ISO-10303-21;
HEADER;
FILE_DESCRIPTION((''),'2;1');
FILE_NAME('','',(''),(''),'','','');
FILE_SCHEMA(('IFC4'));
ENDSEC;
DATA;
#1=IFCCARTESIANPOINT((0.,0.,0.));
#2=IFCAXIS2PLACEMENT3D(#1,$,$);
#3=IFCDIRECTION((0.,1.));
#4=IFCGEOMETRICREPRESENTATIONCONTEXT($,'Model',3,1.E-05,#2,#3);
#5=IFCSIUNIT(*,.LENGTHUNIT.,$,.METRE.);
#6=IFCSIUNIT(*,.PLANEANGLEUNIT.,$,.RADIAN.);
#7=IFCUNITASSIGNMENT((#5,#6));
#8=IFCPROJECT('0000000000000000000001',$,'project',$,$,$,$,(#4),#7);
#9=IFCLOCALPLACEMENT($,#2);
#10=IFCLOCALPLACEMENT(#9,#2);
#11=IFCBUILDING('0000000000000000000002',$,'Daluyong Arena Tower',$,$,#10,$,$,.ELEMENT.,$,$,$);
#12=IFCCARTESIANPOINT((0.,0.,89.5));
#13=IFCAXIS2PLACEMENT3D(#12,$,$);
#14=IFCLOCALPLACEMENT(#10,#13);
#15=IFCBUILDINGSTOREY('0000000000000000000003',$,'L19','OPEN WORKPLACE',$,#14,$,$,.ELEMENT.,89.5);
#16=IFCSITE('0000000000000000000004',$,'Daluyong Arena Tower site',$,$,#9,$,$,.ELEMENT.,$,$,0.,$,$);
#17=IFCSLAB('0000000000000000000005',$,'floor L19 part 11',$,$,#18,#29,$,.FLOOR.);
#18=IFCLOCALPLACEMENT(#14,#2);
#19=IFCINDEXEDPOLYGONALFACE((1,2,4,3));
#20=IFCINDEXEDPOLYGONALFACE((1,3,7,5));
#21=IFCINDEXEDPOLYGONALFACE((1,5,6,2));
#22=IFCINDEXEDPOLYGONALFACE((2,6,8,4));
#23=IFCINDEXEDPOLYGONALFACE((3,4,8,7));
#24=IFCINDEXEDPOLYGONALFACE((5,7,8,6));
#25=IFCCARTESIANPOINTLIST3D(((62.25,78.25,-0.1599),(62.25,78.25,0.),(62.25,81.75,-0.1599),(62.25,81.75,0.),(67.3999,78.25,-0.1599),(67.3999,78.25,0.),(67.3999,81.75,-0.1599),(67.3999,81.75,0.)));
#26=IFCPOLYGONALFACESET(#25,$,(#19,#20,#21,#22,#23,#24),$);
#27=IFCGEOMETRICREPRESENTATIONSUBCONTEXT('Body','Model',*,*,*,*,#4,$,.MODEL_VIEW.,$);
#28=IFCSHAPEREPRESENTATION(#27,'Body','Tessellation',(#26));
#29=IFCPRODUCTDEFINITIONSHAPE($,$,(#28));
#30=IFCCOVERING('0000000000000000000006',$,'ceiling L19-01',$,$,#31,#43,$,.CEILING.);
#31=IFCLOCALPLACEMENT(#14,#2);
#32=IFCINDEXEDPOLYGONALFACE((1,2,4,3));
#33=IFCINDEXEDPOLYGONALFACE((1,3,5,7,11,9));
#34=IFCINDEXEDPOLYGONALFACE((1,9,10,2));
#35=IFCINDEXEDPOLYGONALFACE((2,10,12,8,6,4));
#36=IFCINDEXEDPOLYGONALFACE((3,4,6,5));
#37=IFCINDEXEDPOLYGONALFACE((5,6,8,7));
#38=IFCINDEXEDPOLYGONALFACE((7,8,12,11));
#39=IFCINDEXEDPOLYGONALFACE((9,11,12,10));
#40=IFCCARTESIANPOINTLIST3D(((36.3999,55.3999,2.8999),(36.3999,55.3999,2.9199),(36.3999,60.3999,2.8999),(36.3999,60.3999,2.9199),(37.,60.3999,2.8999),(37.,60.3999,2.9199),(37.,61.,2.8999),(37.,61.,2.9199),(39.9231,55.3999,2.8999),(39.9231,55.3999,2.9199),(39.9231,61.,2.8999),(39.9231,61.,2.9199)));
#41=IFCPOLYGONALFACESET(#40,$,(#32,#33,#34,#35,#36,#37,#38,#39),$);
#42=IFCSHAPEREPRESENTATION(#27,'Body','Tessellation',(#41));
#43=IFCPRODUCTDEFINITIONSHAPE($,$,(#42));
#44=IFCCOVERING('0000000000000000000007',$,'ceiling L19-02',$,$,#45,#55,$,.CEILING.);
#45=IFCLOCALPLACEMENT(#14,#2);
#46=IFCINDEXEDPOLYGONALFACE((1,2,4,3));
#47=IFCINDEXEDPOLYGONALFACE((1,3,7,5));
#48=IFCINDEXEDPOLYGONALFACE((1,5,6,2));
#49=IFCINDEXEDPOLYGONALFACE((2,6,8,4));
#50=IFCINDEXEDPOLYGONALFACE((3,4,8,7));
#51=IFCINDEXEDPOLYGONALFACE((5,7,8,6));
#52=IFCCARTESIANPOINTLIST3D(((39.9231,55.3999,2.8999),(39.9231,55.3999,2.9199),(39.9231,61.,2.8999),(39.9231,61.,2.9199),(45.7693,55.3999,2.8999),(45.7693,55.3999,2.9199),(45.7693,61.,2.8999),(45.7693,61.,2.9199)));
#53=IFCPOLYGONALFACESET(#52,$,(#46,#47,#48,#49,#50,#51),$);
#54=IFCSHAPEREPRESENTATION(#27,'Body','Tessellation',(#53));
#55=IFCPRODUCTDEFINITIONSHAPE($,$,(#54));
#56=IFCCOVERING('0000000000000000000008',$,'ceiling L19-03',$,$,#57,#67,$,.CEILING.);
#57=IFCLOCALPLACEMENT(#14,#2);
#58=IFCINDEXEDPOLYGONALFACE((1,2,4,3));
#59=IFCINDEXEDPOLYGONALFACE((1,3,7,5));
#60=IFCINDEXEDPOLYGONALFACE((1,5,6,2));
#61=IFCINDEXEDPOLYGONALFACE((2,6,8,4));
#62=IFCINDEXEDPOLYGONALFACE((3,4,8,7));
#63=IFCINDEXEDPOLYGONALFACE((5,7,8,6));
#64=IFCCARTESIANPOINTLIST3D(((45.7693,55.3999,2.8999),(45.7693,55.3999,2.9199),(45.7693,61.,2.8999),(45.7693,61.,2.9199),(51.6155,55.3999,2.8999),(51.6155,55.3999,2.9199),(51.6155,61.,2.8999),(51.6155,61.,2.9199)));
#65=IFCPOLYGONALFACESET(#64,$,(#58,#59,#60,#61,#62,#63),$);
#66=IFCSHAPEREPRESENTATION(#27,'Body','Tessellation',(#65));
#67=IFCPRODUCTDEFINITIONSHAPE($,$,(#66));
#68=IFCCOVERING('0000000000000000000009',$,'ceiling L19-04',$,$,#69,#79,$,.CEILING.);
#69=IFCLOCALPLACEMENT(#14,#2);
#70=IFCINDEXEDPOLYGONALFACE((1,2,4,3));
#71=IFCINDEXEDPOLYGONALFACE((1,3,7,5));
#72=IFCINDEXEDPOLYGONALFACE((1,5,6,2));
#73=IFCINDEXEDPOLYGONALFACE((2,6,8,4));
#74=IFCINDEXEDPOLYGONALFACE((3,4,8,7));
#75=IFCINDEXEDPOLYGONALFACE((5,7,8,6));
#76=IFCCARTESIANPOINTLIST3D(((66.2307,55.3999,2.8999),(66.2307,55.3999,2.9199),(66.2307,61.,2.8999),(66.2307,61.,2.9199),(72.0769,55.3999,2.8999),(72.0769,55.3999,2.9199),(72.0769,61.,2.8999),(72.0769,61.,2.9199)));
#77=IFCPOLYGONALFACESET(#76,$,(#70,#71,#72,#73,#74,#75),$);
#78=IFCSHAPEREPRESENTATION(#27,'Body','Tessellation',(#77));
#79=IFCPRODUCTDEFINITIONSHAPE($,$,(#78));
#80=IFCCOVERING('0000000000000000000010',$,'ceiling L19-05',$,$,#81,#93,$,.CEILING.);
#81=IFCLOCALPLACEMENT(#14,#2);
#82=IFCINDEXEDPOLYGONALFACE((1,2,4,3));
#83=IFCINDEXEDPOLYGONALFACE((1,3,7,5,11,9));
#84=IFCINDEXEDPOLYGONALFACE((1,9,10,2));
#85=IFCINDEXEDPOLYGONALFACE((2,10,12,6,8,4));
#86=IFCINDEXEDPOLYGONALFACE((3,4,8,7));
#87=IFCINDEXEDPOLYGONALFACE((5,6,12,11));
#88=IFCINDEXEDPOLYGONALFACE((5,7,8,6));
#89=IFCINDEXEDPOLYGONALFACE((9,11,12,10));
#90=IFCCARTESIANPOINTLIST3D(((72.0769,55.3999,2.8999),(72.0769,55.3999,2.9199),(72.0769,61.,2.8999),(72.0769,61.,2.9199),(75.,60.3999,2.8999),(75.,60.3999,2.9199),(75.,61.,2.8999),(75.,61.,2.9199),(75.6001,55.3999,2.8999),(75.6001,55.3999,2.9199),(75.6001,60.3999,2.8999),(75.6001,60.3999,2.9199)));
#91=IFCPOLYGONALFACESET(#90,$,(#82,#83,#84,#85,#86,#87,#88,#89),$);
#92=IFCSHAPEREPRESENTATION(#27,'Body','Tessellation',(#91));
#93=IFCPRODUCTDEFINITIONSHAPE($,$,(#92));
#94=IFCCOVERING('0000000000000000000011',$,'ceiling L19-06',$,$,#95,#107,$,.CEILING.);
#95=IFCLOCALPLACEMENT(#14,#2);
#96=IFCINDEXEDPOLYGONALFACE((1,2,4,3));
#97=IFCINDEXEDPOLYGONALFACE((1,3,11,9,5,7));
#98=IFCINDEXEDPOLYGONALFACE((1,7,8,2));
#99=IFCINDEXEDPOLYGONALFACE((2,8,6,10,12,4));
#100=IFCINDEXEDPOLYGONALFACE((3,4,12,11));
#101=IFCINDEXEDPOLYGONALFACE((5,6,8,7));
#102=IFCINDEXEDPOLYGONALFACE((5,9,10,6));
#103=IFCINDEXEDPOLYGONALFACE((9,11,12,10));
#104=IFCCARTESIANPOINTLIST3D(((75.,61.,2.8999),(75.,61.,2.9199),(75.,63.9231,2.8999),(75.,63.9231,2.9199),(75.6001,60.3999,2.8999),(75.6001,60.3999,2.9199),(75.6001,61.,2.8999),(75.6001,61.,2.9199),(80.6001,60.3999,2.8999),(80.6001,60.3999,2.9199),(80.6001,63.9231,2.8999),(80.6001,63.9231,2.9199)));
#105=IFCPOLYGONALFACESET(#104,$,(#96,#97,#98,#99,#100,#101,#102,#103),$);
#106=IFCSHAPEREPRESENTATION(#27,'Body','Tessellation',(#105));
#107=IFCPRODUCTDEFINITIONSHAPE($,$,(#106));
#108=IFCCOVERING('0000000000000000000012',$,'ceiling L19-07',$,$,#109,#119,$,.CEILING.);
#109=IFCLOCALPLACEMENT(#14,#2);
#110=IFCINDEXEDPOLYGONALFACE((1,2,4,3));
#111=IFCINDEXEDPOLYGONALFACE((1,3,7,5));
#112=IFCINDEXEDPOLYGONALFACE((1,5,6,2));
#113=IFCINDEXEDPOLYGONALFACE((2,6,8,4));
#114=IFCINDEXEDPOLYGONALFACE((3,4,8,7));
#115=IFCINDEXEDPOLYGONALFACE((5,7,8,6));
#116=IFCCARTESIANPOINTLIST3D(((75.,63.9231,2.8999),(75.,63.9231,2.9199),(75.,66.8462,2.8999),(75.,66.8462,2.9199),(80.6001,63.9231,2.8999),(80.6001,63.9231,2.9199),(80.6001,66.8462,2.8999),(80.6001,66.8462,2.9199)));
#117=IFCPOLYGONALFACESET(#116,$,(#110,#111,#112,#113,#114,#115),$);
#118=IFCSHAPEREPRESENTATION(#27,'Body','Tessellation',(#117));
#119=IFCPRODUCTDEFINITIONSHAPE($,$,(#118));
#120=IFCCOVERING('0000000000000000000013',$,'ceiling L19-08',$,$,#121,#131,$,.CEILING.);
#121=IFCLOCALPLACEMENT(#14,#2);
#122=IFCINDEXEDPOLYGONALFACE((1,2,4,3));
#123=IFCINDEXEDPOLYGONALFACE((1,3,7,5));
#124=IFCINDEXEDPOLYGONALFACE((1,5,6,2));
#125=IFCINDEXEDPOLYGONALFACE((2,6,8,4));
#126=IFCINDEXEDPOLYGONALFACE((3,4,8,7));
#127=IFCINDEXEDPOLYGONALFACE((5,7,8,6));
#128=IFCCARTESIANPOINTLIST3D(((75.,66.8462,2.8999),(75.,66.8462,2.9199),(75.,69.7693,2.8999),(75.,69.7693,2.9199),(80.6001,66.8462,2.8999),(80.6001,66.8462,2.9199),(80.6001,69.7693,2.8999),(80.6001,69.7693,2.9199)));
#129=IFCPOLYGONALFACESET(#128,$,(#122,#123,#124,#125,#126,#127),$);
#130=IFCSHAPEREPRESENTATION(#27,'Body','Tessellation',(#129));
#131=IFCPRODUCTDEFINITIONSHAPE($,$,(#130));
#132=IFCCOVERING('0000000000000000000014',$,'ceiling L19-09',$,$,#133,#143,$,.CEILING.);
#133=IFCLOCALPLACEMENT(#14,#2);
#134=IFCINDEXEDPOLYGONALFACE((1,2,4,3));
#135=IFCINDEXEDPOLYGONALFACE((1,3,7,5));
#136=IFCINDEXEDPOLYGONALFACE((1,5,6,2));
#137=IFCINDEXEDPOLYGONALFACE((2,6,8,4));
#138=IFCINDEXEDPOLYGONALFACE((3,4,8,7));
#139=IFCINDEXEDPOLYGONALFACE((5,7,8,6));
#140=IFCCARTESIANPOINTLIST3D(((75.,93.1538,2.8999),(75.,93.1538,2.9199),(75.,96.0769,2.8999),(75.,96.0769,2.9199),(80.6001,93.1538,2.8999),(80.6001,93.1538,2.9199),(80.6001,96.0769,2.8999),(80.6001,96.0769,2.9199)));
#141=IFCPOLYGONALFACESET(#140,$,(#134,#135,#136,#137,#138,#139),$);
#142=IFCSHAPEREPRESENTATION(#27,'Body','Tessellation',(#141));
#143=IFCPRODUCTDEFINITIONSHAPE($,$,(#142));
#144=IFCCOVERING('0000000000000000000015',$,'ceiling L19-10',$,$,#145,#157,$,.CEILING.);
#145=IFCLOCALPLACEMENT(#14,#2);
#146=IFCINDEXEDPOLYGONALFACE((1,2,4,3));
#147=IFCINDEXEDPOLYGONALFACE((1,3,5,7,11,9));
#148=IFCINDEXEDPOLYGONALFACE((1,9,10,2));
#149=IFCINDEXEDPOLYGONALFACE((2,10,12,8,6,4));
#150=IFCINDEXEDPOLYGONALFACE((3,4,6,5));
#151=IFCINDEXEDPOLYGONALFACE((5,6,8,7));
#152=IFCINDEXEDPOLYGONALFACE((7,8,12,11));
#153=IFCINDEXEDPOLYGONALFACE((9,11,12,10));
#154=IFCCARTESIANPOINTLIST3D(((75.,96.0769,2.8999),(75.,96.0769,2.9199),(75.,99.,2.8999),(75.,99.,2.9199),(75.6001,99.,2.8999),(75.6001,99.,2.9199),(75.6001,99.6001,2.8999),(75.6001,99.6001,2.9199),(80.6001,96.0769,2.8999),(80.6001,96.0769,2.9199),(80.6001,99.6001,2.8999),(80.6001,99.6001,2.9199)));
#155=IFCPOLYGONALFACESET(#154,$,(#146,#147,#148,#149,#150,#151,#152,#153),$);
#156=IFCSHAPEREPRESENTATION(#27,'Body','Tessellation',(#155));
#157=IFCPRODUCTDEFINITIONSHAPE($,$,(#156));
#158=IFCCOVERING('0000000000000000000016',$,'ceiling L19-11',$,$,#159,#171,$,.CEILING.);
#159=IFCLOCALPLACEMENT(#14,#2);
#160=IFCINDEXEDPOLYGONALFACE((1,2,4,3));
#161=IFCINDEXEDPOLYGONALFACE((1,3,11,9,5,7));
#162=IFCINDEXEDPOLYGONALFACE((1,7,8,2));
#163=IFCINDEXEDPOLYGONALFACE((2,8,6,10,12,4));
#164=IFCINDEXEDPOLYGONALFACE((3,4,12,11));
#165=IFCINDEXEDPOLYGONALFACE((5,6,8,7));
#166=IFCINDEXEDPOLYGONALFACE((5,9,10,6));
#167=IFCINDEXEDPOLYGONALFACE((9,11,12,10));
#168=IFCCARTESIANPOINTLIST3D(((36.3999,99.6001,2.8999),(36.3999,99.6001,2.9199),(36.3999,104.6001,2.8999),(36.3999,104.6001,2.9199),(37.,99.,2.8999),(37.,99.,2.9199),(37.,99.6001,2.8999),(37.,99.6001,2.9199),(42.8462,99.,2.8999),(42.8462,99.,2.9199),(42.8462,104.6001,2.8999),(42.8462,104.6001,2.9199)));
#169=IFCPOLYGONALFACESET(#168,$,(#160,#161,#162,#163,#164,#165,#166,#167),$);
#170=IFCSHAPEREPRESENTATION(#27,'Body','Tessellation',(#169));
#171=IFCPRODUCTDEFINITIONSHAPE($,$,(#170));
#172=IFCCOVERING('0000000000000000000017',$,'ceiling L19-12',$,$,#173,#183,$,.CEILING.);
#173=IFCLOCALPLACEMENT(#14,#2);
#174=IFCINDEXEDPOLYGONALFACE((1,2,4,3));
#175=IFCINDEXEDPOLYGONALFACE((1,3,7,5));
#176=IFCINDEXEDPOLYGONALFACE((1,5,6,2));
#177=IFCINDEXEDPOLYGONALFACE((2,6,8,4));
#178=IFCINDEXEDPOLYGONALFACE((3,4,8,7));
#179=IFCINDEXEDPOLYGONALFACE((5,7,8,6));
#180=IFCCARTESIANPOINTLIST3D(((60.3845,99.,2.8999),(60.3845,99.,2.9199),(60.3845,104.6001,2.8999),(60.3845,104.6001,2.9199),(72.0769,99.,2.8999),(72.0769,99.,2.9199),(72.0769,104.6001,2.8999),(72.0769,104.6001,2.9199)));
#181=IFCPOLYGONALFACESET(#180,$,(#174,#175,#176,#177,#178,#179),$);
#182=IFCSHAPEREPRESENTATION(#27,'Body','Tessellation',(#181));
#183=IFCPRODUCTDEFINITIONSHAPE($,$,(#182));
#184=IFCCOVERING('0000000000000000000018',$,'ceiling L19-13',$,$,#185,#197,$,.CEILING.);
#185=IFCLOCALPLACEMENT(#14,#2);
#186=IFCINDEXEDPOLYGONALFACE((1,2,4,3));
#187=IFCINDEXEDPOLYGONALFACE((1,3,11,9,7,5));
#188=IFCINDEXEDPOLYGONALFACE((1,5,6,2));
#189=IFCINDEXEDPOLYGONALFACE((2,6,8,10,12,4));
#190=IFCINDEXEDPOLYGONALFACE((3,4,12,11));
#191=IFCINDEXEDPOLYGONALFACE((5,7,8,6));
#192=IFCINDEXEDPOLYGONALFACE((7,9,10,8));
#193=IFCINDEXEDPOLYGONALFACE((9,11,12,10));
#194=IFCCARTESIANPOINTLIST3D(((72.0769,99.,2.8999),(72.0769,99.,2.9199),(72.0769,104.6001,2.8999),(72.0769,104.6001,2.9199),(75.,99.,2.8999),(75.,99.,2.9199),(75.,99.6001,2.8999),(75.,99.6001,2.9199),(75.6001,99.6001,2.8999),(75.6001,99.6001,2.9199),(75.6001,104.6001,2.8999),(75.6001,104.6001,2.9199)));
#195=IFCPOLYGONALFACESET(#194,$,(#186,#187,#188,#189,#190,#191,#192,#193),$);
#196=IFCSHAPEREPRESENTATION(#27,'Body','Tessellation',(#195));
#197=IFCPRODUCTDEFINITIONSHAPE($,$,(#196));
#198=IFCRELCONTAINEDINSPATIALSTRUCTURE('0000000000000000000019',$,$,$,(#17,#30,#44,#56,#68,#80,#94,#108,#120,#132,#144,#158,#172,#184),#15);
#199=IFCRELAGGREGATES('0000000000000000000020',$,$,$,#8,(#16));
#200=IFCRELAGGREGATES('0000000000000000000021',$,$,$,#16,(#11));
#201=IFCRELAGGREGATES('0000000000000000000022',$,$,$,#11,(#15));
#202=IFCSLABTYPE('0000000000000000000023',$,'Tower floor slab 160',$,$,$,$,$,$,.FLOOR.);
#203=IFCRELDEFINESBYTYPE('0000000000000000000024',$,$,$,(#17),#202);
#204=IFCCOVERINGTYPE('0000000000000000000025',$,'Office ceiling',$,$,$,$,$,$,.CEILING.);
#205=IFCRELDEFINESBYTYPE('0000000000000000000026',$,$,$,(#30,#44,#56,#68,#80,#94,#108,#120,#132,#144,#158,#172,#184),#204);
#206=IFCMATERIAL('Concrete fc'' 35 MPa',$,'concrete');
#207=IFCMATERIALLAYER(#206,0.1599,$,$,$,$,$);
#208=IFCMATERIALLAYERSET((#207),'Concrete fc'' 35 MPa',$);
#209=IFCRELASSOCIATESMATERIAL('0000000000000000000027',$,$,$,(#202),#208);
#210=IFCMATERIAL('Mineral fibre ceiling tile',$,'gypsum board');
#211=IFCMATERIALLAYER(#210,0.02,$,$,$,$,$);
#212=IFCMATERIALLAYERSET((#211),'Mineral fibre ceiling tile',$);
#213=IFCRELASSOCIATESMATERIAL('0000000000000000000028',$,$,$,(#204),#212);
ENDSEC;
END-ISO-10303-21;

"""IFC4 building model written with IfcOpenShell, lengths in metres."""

from ifc_helpers import new_model, si_unit, direction, frame, origin, place, context, subcontext, project, spatial, polyline, outline, extrude, material, layer, layer_set, type_object, element, save


model = new_model("IFC4")

# Units and contexts
model_context = context("Model", 3, precision=1e-05, world=origin(), true_north=direction((0.0, 1.0)))
body_context = subcontext(model_context, "Body", "Model", "MODEL_VIEW")
ifc_project = project(units=[si_unit("LENGTHUNIT", "METRE"), si_unit("PLANEANGLEUNIT", "RADIAN")], contexts=[model_context])

# Site, building, storey
site_placement = place(None, origin())
site = spatial("IfcSite", under=ifc_project, at=site_placement, Name="Daluyong Arena Tower site", CompositionType="ELEMENT", RefElevation=0.0)
building_placement = place(site_placement, origin())
building = spatial("IfcBuilding", under=site, at=building_placement, Name="Daluyong Arena Tower", CompositionType="ELEMENT")
storey_placement = place(building_placement, frame((0.0, 0.0, 89.5)))
storey = spatial("IfcBuildingStorey", under=building, at=storey_placement, Name="L19", Description="OPEN WORKPLACE", CompositionType="ELEMENT", Elevation=89.5)

# Slab
ifc_material_1 = material(Name="Concrete fc' 35 MPa", Category="concrete")
ifc_layer_1 = layer(ifc_material_1, 0.1599)
ifc_layer_set_1 = layer_set([ifc_layer_1], Name="Concrete fc' 35 MPa")
slab_type_1 = type_object("IfcSlabType", Name="Tower floor slab 160", PredefinedType="FLOOR", material=ifc_layer_set_1)
slab_1_placement = place(storey_placement, frame((0.0, 0.0, -0.1599)))
element("IfcSlab", 1, at=slab_1_placement, inside=storey, type_object=slab_type_1, Name="floor L19 part 11", PredefinedType="FLOOR", context=body_context, shape_type="SweptSolid", body=[
    extrude(outline(polyline([(67.3999, 78.25), (67.3999, 81.75), (62.25, 81.75), (62.25, 78.25), (67.3999, 78.25)])), origin(), (0.0, 0.0, 1.0), 0.1599),
])

# Coverings
ifc_material_2 = material(Name="Mineral fibre ceiling tile", Category="gypsum board")
ifc_layer_2 = layer(ifc_material_2, 0.02)
ifc_layer_set_2 = layer_set([ifc_layer_2], Name="Mineral fibre ceiling tile")
covering_type = type_object("IfcCoveringType", Name="Office ceiling", PredefinedType="CEILING", material=ifc_layer_set_2)
covering_1_placement = place(storey_placement, frame((0.0, 0.0, 2.8999)))
element("IfcCovering", 2, at=covering_1_placement, inside=storey, type_object=covering_type, Name="ceiling L19-01", PredefinedType="CEILING", context=body_context, shape_type="SweptSolid", body=[
    extrude(outline(polyline([(36.3999, 60.3999), (36.3999, 55.3999), (39.9231, 55.3999), (39.9231, 61.0), (37.0, 61.0), (37.0, 60.3999), (36.3999, 60.3999)])), origin(), (0.0, 0.0, 1.0), 0.02),
])
covering_2_placement = place(storey_placement, frame((0.0, 0.0, 2.8999)))
element("IfcCovering", 3, at=covering_2_placement, inside=storey, type_object=covering_type, Name="ceiling L19-02", PredefinedType="CEILING", context=body_context, shape_type="SweptSolid", body=[
    extrude(outline(polyline([(39.9231, 61.0), (39.9231, 55.3999), (45.7693, 55.3999), (45.7693, 61.0), (39.9231, 61.0)])), origin(), (0.0, 0.0, 1.0), 0.02),
])
covering_3_placement = place(storey_placement, frame((0.0, 0.0, 2.8999)))
element("IfcCovering", 4, at=covering_3_placement, inside=storey, type_object=covering_type, Name="ceiling L19-03", PredefinedType="CEILING", context=body_context, shape_type="SweptSolid", body=[
    extrude(outline(polyline([(45.7693, 61.0), (45.7693, 55.3999), (51.6155, 55.3999), (51.6155, 61.0), (45.7693, 61.0)])), origin(), (0.0, 0.0, 1.0), 0.02),
])
covering_4_placement = place(storey_placement, frame((0.0, 0.0, 2.8999)))
element("IfcCovering", 5, at=covering_4_placement, inside=storey, type_object=covering_type, Name="ceiling L19-04", PredefinedType="CEILING", context=body_context, shape_type="SweptSolid", body=[
    extrude(outline(polyline([(66.2307, 61.0), (66.2307, 55.3999), (72.0769, 55.3999), (72.0769, 61.0), (66.2307, 61.0)])), origin(), (0.0, 0.0, 1.0), 0.02),
])
covering_5_placement = place(storey_placement, frame((0.0, 0.0, 2.8999)))
element("IfcCovering", 6, at=covering_5_placement, inside=storey, type_object=covering_type, Name="ceiling L19-05", PredefinedType="CEILING", context=body_context, shape_type="SweptSolid", body=[
    extrude(outline(polyline([(75.6001, 55.3999), (75.6001, 60.3999), (75.0, 60.3999), (75.0, 61.0), (72.0769, 61.0), (72.0769, 55.3999), (75.6001, 55.3999)])), origin(), (0.0, 0.0, 1.0), 0.02),
])
covering_6_placement = place(storey_placement, frame((0.0, 0.0, 2.8999)))
element("IfcCovering", 7, at=covering_6_placement, inside=storey, type_object=covering_type, Name="ceiling L19-06", PredefinedType="CEILING", context=body_context, shape_type="SweptSolid", body=[
    extrude(outline(polyline([(75.6001, 60.3999), (80.6001, 60.3999), (80.6001, 63.9231), (75.0, 63.9231), (75.0, 61.0), (75.6001, 61.0), (75.6001, 60.3999)])), origin(), (0.0, 0.0, 1.0), 0.02),
])
covering_7_placement = place(storey_placement, frame((0.0, 0.0, 2.8999)))
element("IfcCovering", 8, at=covering_7_placement, inside=storey, type_object=covering_type, Name="ceiling L19-07", PredefinedType="CEILING", context=body_context, shape_type="SweptSolid", body=[
    extrude(outline(polyline([(75.0, 63.9231), (80.6001, 63.9231), (80.6001, 66.8462), (75.0, 66.8462), (75.0, 63.9231)])), origin(), (0.0, 0.0, 1.0), 0.02),
])
covering_8_placement = place(storey_placement, frame((0.0, 0.0, 2.8999)))
element("IfcCovering", 9, at=covering_8_placement, inside=storey, type_object=covering_type, Name="ceiling L19-08", PredefinedType="CEILING", context=body_context, shape_type="SweptSolid", body=[
    extrude(outline(polyline([(75.0, 66.8462), (80.6001, 66.8462), (80.6001, 69.7693), (75.0, 69.7693), (75.0, 66.8462)])), origin(), (0.0, 0.0, 1.0), 0.02),
])
covering_9_placement = place(storey_placement, frame((0.0, 0.0, 2.8999)))
element("IfcCovering", 10, at=covering_9_placement, inside=storey, type_object=covering_type, Name="ceiling L19-09", PredefinedType="CEILING", context=body_context, shape_type="SweptSolid", body=[
    extrude(outline(polyline([(75.0, 93.1538), (80.6001, 93.1538), (80.6001, 96.0769), (75.0, 96.0769), (75.0, 93.1538)])), origin(), (0.0, 0.0, 1.0), 0.02),
])
covering_10_placement = place(storey_placement, frame((0.0, 0.0, 2.8999)))
element("IfcCovering", 11, at=covering_10_placement, inside=storey, type_object=covering_type, Name="ceiling L19-10", PredefinedType="CEILING", context=body_context, shape_type="SweptSolid", body=[
    extrude(outline(polyline([(75.0, 96.0769), (80.6001, 96.0769), (80.6001, 99.6001), (75.6001, 99.6001), (75.6001, 99.0), (75.0, 99.0), (75.0, 96.0769)])), origin(), (0.0, 0.0, 1.0), 0.02),
])
covering_11_placement = place(storey_placement, frame((0.0, 0.0, 2.8999)))
element("IfcCovering", 12, at=covering_11_placement, inside=storey, type_object=covering_type, Name="ceiling L19-11", PredefinedType="CEILING", context=body_context, shape_type="SweptSolid", body=[
    extrude(outline(polyline([(42.8462, 99.0), (42.8462, 104.6001), (36.3999, 104.6001), (36.3999, 99.6001), (37.0, 99.6001), (37.0, 99.0), (42.8462, 99.0)])), origin(), (0.0, 0.0, 1.0), 0.02),
])
covering_12_placement = place(storey_placement, frame((0.0, 0.0, 2.8999)))
element("IfcCovering", 13, at=covering_12_placement, inside=storey, type_object=covering_type, Name="ceiling L19-12", PredefinedType="CEILING", context=body_context, shape_type="SweptSolid", body=[
    extrude(outline(polyline([(72.0769, 99.0), (72.0769, 104.6001), (60.3845, 104.6001), (60.3845, 99.0), (72.0769, 99.0)])), origin(), (0.0, 0.0, 1.0), 0.02),
])
covering_13_placement = place(storey_placement, frame((0.0, 0.0, 2.8999)))
element("IfcCovering", 14, at=covering_13_placement, inside=storey, type_object=covering_type, Name="ceiling L19-13", PredefinedType="CEILING", context=body_context, shape_type="SweptSolid", body=[
    extrude(outline(polyline([(72.0769, 99.0), (75.0, 99.0), (75.0, 99.6001), (75.6001, 99.6001), (75.6001, 104.6001), (72.0769, 104.6001), (72.0769, 99.0)])), origin(), (0.0, 0.0, 1.0), 0.02),
])

save(model, "model.ifc")
